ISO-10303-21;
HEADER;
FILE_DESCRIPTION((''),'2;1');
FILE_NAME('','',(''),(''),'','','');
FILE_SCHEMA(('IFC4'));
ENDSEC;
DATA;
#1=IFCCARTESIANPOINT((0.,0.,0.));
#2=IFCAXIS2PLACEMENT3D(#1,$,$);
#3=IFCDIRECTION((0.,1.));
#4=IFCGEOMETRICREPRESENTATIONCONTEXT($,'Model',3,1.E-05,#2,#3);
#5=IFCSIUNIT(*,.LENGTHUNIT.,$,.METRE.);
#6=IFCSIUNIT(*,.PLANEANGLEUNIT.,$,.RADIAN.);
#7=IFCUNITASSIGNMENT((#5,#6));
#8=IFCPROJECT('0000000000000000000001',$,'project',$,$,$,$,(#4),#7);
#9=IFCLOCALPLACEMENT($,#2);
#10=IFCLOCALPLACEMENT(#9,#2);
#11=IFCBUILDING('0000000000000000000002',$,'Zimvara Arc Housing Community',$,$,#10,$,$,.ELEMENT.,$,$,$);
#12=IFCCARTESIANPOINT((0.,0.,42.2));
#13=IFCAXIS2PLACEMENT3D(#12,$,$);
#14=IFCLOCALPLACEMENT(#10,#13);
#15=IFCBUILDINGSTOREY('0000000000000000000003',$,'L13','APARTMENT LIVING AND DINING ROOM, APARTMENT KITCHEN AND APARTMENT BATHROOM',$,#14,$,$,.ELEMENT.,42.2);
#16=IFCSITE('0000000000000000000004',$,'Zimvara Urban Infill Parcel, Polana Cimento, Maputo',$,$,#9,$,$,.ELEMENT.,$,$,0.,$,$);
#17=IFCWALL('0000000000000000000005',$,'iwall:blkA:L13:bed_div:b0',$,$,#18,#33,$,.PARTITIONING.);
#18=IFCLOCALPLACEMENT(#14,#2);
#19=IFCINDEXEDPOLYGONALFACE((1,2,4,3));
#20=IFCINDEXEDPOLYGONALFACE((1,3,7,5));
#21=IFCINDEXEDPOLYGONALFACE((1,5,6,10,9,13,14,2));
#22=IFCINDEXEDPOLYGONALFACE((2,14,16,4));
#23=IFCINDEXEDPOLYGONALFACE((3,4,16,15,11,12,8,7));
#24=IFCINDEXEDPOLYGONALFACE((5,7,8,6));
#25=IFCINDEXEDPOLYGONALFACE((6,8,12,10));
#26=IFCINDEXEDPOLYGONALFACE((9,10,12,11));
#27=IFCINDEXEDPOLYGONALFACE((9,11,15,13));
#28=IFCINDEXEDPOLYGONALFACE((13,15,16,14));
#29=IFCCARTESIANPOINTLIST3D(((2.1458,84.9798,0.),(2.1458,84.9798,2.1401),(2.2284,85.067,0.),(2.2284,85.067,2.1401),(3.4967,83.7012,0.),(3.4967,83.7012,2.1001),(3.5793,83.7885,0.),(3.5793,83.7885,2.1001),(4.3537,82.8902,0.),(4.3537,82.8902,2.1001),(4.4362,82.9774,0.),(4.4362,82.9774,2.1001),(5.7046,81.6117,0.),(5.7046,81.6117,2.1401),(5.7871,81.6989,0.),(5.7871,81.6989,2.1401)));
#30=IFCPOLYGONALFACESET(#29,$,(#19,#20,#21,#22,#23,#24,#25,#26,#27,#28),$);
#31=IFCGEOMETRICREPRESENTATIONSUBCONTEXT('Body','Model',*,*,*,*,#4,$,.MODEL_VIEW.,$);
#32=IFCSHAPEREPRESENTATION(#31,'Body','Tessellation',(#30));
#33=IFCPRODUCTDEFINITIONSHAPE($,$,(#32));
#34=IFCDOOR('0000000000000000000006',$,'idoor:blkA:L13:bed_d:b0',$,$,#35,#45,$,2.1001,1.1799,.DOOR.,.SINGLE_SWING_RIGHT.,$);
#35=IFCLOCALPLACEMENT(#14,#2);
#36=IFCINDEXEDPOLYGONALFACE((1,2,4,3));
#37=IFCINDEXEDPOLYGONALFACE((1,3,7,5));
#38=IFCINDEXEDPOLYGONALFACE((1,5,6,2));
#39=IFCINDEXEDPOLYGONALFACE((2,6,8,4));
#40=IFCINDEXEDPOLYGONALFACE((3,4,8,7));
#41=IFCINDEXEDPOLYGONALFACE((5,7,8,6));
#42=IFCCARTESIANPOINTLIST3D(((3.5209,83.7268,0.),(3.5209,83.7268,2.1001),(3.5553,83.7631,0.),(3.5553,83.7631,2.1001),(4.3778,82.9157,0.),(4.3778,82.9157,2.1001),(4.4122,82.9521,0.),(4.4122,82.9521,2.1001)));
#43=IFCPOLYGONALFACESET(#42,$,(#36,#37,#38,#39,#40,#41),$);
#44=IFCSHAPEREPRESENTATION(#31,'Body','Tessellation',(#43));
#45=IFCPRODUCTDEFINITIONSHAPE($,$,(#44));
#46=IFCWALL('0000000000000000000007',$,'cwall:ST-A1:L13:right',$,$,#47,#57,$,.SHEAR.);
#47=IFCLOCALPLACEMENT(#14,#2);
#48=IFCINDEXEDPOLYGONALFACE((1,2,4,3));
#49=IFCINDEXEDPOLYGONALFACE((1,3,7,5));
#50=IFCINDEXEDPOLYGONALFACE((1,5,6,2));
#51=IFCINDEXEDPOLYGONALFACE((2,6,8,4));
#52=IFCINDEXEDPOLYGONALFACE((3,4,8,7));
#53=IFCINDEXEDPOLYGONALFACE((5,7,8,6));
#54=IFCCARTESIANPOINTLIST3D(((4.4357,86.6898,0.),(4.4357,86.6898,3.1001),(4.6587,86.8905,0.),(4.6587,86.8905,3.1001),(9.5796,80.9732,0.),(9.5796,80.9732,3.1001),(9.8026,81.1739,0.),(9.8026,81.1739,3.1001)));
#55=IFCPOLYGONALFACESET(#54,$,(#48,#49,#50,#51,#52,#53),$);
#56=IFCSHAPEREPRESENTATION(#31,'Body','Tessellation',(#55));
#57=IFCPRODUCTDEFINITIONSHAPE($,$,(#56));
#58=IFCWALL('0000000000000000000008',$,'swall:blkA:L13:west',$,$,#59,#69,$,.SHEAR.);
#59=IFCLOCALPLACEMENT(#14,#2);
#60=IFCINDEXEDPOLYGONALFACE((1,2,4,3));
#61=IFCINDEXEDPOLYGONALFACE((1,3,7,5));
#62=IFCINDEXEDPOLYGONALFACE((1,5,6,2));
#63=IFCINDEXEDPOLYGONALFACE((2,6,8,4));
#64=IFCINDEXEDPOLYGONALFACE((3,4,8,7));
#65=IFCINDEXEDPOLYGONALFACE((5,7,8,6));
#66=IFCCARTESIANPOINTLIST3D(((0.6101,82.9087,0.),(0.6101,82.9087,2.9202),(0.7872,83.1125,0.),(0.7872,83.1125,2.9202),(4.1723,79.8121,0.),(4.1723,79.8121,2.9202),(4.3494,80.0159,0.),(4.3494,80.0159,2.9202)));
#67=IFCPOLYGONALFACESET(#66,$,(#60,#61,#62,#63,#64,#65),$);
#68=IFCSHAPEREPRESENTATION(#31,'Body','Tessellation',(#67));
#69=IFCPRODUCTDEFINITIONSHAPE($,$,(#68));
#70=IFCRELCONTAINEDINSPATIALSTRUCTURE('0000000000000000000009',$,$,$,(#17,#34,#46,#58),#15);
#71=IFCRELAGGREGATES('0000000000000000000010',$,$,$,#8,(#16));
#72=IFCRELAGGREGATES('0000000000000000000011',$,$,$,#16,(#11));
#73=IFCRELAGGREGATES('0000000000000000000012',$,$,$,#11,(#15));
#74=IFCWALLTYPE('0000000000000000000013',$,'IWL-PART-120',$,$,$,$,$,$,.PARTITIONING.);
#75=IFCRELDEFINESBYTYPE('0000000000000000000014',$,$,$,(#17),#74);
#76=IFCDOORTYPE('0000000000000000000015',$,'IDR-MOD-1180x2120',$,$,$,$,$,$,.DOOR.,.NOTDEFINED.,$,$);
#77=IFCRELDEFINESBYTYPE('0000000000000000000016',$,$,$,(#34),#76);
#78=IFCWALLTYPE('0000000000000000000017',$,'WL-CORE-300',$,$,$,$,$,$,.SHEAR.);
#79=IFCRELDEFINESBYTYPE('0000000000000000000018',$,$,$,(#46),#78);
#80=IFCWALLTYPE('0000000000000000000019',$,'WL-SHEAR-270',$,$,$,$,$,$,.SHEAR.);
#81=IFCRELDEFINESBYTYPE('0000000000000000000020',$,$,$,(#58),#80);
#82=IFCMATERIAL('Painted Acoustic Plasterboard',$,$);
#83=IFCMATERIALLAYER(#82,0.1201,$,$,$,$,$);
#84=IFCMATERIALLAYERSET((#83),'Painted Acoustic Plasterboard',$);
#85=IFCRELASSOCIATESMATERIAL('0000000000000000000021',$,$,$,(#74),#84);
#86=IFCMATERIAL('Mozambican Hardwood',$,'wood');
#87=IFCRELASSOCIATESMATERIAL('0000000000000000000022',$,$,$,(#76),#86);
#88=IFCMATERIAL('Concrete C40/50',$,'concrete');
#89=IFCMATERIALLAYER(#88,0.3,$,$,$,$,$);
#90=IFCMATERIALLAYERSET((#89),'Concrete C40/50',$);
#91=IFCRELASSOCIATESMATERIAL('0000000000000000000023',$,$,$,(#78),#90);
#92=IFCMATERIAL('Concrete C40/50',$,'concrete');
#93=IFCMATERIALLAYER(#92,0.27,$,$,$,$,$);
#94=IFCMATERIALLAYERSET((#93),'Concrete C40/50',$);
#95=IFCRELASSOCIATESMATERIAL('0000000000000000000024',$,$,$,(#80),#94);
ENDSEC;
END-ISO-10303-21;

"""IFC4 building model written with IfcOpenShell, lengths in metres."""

from ifc_helpers import new_model, si_unit, direction, frame, frame_2d, origin, place, context, subcontext, project, spatial, rectangle, extrude, material, layer, layer_set, type_object, element, fill, save


model = new_model("IFC4")

# Units and contexts
model_context = context("Model", 3, precision=1e-05, world=origin(), true_north=direction((0.0, 1.0)))
body_context = subcontext(model_context, "Body", "Model", "MODEL_VIEW")
ifc_project = project(units=[si_unit("LENGTHUNIT", "METRE"), si_unit("PLANEANGLEUNIT", "RADIAN")], contexts=[model_context])

# Site, building, storey
site_placement = place(None, origin())
site = spatial("IfcSite", under=ifc_project, at=site_placement, Name="Zimvara Urban Infill Parcel, Polana Cimento, Maputo", CompositionType="ELEMENT", RefElevation=0.0)
building_placement = place(site_placement, origin())
building = spatial("IfcBuilding", under=site, at=building_placement, Name="Zimvara Arc Housing Community", CompositionType="ELEMENT")
storey_placement = place(building_placement, frame((0.0, 0.0, 42.2)))
storey = spatial("IfcBuildingStorey", under=building, at=storey_placement, Name="L13", Description="APARTMENT LIVING AND DINING ROOM, APARTMENT KITCHEN AND APARTMENT BATHROOM", CompositionType="ELEMENT", Elevation=42.2)

# Shared definitions
ifc_material_1 = material(Name="Painted Acoustic Plasterboard")
ifc_layer_1 = layer(ifc_material_1, 0.1201)
ifc_layer_set_1 = layer_set([ifc_layer_1], Name="Painted Acoustic Plasterboard")
wall_type_1 = type_object("IfcWallType", Name="IWL-PART-120", PredefinedType="PARTITIONING", material=ifc_layer_set_1)

# Wall, opening, door
wall_1_placement = place(storey_placement, frame((5.7458, 81.6553, 0.0), z_axis=(0.0, 0.0, 1.0), x_axis=(-0.726296, 0.687382, 0.0)))
wall_1 = element("IfcWall", 1, at=wall_1_placement, inside=storey, type_object=wall_type_1, Name="iwall:blkA:L13:bed_div:b0", PredefinedType="PARTITIONING", context=body_context, shape_type="SweptSolid", body=[
    extrude(rectangle(XDim=4.8999, YDim=0.1201, at=frame_2d((2.45, 0.0))), origin(), (0.0, 0.0, 1.0), 2.1401),
])
opening_1_placement = place(wall_1_placement, frame((1.8601, 0.0, 0.0)))
opening_1 = element("IfcOpeningElement", 2, at=opening_1_placement, cuts=wall_1, PredefinedType="OPENING", context=body_context, shape_type="SweptSolid", body=[
    extrude(rectangle(XDim=1.1799, YDim=2.1001, at=frame_2d((0.5898, 1.05))), frame((0.0, 0.0701, 0.0), z_axis=(0.0, -1.0, 0.0), x_axis=(1.0, 0.0, 0.0)), (0.0, 0.0, 1.0), 0.1401),
])
ifc_material_2 = material(Name="Mozambican Hardwood", Category="wood")
door_type_1 = type_object("IfcDoorType", Name="IDR-MOD-1180x2120", OperationType="NOTDEFINED", PredefinedType="DOOR", material=ifc_material_2)
door_1_placement = place(opening_1_placement, origin())
door_1 = element("IfcDoor", 3, at=door_1_placement, inside=storey, type_object=door_type_1, Name="idoor:blkA:L13:bed_d:b0", OperationType="SINGLE_SWING_RIGHT", OverallHeight=2.1001, OverallWidth=1.1799, PredefinedType="DOOR", context=body_context, shape_type="SweptSolid", body=[
    extrude(rectangle(XDim=1.1799, YDim=2.1001, at=frame_2d((0.5898, 1.05))), frame((0.0, 0.0249, 0.0), z_axis=(0.0, -1.0, 0.0), x_axis=(1.0, 0.0, 0.0)), (0.0, 0.0, 1.0), 0.05),
])
fill(opening_1, door_1)

# Walls
ifc_material_3 = material(Name="Concrete C40/50", Category="concrete")
ifc_layer_2 = layer(ifc_material_3, 0.3)
ifc_layer_set_2 = layer_set([ifc_layer_2], Name="Concrete C40/50")
wall_type_2 = type_object("IfcWallType", Name="WL-CORE-300", PredefinedType="SHEAR", material=ifc_layer_set_2)
wall_2_placement = place(storey_placement, frame((9.6912, 81.0735, 0.0), z_axis=(0.0, 0.0, 1.0), x_axis=(-0.668886, 0.743365, 0.0)))
element("IfcWall", 4, at=wall_2_placement, inside=storey, type_object=wall_type_2, Name="cwall:ST-A1:L13:right", PredefinedType="SHEAR", context=body_context, shape_type="SweptSolid", body=[
    extrude(rectangle(XDim=7.6902, YDim=0.3, at=frame_2d((3.8452, 0.0))), origin(), (0.0, 0.0, 1.0), 3.1001),
])
ifc_material_4 = material(Name="Concrete C40/50", Category="concrete")
ifc_layer_3 = layer(ifc_material_4, 0.27)
ifc_layer_set_3 = layer_set([ifc_layer_3], Name="Concrete C40/50")
wall_type_3 = type_object("IfcWallType", Name="WL-SHEAR-270", PredefinedType="SHEAR", material=ifc_layer_set_3)
wall_3_placement = place(storey_placement, frame((4.2607, 79.9141, 0.0), z_axis=(0.0, 0.0, 1.0), x_axis=(-0.754704, 0.656066, 0.0)))
element("IfcWall", 5, at=wall_3_placement, inside=storey, type_object=wall_type_3, Name="swall:blkA:L13:west", PredefinedType="SHEAR", context=body_context, shape_type="SweptSolid", body=[
    extrude(rectangle(XDim=4.72, YDim=0.27, at=frame_2d((2.3599, 0.0))), origin(), (0.0, 0.0, 1.0), 2.9202),
])

save(model, "model.ifc")
